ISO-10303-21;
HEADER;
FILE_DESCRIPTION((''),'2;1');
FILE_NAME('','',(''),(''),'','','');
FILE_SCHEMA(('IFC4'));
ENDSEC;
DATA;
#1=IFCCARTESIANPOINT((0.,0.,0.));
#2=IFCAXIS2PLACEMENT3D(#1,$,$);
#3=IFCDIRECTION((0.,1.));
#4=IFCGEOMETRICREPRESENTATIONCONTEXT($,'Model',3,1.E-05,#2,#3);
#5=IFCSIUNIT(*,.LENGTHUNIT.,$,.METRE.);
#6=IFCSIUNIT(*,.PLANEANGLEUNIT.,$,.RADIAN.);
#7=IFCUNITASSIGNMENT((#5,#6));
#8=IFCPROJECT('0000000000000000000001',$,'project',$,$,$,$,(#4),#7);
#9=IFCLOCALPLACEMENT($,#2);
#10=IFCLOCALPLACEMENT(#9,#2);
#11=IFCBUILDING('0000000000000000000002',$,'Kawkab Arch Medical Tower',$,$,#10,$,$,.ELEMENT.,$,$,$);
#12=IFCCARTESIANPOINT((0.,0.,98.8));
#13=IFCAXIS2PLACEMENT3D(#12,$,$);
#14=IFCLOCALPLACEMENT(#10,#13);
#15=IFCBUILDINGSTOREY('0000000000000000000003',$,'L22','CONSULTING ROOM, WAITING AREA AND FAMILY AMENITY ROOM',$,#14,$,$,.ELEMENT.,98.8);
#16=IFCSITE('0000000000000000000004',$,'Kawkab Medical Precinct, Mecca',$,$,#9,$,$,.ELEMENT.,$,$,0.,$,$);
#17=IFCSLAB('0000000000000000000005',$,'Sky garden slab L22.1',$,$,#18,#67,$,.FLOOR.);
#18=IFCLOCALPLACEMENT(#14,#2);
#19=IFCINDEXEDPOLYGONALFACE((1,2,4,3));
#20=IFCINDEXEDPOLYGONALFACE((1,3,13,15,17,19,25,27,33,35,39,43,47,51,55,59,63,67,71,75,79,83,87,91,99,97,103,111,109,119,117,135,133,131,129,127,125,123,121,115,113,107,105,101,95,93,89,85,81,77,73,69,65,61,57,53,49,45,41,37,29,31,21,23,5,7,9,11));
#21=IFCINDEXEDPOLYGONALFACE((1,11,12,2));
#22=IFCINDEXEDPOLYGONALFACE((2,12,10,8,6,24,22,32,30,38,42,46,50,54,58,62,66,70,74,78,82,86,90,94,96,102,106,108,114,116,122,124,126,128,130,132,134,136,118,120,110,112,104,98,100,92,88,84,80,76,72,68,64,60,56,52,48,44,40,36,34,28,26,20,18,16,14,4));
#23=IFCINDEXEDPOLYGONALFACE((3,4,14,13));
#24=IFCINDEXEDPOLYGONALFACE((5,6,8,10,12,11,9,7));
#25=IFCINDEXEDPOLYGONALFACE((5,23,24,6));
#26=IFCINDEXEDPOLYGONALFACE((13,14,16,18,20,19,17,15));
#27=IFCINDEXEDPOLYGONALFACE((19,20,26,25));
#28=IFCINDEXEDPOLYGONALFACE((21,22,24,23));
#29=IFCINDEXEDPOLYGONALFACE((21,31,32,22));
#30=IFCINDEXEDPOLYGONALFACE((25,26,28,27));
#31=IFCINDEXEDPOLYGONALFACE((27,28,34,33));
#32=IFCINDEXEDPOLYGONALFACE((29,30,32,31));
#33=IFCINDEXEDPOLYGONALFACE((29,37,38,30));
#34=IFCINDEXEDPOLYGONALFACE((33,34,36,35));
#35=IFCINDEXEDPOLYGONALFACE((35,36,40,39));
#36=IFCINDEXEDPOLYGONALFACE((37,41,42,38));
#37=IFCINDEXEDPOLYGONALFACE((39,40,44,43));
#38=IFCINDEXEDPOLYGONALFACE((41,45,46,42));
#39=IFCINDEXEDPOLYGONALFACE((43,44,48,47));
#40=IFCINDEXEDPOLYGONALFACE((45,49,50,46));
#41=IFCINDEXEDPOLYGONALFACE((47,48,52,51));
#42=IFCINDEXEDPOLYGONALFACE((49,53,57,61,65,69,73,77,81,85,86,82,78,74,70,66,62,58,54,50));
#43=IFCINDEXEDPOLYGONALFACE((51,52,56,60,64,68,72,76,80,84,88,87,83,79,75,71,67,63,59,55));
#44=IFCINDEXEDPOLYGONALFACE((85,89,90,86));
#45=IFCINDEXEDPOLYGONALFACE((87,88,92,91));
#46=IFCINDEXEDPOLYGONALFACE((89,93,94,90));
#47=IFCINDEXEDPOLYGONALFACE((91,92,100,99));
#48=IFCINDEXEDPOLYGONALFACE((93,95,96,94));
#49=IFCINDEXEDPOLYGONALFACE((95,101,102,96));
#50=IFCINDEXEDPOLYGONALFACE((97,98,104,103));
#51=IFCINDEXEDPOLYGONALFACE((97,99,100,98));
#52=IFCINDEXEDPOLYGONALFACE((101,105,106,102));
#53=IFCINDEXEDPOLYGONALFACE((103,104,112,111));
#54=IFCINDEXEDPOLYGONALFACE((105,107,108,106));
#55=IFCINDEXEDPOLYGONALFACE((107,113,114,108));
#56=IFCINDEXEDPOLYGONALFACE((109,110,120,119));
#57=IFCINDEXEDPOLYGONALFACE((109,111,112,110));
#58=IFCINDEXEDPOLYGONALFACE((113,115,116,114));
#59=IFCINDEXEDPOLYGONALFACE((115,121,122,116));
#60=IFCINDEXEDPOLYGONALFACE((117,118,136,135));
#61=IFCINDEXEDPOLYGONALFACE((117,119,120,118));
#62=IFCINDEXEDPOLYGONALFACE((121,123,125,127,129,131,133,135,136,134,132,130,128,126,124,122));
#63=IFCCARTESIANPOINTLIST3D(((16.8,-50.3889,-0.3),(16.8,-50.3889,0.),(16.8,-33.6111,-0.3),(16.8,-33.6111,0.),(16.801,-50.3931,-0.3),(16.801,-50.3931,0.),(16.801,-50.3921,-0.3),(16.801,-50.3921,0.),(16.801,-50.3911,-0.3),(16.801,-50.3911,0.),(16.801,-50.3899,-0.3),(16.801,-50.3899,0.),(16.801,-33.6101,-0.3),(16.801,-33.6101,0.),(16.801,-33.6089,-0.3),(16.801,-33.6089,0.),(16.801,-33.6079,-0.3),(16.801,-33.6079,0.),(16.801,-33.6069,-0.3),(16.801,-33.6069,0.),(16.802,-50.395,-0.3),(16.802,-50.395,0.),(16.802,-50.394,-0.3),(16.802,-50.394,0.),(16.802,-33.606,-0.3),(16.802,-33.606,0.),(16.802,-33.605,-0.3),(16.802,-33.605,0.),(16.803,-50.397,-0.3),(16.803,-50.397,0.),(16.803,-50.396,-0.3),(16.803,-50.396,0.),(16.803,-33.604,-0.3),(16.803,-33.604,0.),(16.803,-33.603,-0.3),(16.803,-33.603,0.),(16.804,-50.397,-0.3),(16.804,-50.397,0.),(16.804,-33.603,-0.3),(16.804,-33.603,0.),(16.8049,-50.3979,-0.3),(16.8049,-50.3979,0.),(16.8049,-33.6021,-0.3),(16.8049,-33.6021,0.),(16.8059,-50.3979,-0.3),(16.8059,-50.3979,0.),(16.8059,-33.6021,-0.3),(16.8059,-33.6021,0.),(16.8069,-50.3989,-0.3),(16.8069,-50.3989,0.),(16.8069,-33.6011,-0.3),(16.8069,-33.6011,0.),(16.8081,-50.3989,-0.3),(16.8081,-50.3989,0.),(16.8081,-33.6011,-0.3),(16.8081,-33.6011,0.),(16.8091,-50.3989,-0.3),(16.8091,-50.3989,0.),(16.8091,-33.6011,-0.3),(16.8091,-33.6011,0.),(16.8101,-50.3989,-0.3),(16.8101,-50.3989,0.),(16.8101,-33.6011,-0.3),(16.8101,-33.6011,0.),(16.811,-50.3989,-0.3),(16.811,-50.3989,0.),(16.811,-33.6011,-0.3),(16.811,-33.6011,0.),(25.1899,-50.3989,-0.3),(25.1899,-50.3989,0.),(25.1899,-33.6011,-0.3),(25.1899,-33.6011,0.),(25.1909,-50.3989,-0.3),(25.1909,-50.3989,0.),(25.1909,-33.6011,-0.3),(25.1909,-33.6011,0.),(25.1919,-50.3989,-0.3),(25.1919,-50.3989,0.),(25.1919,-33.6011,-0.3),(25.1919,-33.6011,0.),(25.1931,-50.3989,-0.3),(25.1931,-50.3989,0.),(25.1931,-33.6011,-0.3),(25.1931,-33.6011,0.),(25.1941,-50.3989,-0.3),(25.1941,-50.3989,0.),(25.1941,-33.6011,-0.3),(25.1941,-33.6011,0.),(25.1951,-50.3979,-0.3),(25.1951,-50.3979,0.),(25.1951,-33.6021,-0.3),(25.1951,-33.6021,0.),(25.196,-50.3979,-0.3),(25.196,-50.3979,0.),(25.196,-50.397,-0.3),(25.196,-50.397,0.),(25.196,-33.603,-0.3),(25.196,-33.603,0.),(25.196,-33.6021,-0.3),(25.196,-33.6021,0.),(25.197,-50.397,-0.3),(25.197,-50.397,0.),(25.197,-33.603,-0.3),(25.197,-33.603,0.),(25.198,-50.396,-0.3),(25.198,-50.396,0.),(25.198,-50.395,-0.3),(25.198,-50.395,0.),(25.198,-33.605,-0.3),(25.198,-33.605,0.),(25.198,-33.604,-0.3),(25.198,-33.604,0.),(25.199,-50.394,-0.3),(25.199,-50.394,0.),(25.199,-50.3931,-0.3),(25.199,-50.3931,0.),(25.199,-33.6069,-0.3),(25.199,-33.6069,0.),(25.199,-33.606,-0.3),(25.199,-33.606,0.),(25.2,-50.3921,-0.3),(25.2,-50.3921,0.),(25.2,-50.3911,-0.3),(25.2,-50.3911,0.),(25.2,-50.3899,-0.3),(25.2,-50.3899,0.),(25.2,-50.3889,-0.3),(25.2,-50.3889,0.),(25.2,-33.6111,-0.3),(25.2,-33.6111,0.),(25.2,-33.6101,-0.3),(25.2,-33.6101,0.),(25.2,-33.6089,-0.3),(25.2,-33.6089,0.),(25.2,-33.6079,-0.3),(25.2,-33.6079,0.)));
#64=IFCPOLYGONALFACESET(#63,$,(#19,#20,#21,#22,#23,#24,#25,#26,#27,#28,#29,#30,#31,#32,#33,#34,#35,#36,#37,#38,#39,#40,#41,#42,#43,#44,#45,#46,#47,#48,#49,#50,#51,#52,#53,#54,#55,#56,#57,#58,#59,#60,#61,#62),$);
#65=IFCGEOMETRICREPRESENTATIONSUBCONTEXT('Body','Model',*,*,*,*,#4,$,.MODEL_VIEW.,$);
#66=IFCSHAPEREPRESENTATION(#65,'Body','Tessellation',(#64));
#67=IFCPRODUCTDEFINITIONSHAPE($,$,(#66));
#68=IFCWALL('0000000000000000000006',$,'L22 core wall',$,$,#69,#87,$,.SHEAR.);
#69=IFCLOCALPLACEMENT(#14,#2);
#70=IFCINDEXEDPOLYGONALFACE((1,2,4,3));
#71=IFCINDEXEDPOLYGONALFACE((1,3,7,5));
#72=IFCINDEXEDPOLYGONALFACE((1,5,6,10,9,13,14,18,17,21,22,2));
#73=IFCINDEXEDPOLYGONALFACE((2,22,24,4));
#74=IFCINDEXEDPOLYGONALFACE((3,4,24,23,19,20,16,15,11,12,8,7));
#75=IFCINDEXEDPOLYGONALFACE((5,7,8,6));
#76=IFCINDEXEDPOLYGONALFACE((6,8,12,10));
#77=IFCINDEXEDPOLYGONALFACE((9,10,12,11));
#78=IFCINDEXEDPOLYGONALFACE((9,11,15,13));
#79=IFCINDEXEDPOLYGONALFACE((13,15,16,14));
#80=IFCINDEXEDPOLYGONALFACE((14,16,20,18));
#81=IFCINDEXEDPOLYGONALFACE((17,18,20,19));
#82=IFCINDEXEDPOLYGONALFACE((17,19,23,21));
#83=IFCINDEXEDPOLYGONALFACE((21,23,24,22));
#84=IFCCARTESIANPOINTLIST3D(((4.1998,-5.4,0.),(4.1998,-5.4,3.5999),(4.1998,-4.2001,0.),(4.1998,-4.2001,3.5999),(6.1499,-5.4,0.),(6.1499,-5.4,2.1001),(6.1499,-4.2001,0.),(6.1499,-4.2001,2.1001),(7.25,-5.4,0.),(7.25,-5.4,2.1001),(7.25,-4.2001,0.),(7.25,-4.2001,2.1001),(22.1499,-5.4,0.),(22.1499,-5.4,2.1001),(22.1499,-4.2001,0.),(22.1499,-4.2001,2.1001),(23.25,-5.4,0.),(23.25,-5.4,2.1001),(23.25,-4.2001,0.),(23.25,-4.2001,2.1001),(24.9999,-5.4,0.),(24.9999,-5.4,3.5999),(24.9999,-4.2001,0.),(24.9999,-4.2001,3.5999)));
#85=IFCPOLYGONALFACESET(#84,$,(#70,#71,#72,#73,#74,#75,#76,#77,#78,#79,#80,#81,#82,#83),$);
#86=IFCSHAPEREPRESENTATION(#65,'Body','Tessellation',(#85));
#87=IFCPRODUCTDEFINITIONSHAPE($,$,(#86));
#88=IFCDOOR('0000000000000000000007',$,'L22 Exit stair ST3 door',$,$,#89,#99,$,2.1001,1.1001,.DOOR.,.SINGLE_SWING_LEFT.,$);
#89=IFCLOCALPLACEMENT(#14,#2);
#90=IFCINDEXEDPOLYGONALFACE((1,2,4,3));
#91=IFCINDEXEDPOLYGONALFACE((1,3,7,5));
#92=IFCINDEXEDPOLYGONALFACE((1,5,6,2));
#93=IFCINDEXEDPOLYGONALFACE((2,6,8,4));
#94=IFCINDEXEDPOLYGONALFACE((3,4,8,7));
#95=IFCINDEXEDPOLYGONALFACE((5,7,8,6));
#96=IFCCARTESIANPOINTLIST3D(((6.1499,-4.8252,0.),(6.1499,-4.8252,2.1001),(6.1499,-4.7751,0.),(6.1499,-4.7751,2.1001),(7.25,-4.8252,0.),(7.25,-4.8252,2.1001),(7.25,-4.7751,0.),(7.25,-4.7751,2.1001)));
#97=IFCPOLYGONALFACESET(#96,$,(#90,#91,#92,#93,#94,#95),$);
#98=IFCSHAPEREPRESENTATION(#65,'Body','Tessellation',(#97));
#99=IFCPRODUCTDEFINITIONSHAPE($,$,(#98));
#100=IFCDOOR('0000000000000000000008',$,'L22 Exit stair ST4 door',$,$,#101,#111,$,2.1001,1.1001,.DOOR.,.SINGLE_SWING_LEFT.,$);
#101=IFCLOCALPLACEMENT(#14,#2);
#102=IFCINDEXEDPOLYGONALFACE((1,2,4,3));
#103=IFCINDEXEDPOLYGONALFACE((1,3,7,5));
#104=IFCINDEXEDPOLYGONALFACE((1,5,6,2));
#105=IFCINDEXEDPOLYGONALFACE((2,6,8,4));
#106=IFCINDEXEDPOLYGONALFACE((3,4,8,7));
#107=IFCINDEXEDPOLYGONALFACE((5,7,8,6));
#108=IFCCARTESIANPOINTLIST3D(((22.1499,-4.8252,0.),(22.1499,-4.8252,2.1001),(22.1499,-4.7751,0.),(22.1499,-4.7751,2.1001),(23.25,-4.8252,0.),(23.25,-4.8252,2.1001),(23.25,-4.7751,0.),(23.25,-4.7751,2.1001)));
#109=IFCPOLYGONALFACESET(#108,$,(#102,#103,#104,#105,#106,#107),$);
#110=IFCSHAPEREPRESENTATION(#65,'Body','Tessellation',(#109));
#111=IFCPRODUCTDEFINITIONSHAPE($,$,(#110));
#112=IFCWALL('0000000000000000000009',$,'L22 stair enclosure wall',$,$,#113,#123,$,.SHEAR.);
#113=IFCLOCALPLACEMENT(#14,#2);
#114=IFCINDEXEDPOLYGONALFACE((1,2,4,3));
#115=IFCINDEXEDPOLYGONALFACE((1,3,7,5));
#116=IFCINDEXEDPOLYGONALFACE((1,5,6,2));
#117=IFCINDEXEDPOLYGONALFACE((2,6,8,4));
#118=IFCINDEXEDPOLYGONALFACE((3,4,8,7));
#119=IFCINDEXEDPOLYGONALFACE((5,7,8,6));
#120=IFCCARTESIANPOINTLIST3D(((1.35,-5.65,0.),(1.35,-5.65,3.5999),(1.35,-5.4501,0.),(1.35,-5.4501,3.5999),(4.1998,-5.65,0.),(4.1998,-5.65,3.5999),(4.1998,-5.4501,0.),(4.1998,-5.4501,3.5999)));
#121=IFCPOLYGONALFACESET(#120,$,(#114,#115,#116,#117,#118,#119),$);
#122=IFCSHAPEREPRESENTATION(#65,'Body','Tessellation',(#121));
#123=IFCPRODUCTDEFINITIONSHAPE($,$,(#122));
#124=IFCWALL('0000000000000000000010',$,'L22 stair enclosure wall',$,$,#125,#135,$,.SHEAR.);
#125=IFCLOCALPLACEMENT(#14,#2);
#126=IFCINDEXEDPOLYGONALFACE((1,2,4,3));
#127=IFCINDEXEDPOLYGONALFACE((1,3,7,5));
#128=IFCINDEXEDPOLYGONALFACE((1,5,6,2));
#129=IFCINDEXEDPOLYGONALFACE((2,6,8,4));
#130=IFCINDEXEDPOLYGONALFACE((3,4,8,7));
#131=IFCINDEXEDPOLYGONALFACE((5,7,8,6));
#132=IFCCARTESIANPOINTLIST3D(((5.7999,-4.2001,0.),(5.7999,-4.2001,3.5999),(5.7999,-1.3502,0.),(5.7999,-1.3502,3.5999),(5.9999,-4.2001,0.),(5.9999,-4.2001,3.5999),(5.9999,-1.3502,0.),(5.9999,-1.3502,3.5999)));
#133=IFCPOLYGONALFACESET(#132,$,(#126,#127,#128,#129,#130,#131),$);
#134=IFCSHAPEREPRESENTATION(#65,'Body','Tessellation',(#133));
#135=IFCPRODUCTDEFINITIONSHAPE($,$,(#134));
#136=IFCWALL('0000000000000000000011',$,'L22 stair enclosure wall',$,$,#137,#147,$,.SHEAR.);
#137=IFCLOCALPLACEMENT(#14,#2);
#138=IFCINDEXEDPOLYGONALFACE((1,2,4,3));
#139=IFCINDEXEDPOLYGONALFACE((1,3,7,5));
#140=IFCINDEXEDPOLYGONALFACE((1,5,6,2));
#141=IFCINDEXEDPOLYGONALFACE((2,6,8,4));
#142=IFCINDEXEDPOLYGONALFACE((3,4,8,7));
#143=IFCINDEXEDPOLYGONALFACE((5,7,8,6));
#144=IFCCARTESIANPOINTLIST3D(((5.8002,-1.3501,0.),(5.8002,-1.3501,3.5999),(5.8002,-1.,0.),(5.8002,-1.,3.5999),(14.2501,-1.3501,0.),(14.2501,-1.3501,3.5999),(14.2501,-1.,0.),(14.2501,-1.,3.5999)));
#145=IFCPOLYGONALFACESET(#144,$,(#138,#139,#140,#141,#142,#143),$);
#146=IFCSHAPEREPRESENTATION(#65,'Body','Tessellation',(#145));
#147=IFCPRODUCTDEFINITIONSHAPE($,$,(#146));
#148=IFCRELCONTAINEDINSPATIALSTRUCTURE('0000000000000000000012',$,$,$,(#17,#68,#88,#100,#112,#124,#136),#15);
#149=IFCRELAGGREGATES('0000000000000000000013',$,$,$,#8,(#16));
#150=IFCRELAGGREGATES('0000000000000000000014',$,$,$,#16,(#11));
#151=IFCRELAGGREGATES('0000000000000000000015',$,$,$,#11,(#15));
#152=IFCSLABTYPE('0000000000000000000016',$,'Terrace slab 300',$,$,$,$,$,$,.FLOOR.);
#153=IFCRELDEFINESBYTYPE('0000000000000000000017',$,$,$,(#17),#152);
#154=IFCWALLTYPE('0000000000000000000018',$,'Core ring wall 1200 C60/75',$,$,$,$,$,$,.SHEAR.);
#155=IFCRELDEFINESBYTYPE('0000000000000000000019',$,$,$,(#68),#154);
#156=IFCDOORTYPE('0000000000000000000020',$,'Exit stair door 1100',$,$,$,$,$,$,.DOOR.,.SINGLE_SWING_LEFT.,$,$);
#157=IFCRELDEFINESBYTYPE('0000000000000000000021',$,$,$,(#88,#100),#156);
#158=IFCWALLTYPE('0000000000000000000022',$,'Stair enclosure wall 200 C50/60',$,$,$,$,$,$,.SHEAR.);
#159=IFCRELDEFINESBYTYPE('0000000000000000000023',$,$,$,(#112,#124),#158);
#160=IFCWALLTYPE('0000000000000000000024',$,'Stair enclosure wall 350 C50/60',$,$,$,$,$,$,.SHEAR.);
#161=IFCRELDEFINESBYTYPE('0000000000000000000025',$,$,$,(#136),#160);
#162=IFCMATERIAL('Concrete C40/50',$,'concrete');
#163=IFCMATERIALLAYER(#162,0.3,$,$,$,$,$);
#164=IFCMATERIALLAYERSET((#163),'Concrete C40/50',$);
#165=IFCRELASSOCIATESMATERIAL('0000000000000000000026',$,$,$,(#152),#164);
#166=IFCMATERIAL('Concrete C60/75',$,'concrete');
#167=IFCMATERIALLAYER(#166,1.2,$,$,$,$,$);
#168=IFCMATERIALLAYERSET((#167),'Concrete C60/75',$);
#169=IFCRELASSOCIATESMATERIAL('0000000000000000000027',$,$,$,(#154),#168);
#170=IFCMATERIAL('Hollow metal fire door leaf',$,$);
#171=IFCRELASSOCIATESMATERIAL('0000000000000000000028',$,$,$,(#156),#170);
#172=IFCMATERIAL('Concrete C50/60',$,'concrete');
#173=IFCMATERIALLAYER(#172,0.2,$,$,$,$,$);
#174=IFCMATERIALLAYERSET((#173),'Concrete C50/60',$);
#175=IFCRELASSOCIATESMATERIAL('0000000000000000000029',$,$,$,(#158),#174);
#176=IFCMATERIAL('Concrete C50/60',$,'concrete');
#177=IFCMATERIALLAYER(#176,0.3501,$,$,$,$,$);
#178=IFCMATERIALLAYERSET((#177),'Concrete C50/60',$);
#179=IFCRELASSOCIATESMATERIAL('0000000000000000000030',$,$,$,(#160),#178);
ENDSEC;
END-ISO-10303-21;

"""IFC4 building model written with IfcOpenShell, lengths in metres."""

from ifc_helpers import new_model, si_unit, direction, frame, frame_2d, origin, place, context, subcontext, project, spatial, polyline, rectangle, outline, extrude, material, layer, layer_set, type_object, element, fill, save


model = new_model("IFC4")

# Units and contexts
model_context = context("Model", 3, precision=1e-05, world=origin(), true_north=direction((0.0, 1.0)))
body_context = subcontext(model_context, "Body", "Model", "MODEL_VIEW")
ifc_project = project(units=[si_unit("LENGTHUNIT", "METRE"), si_unit("PLANEANGLEUNIT", "RADIAN")], contexts=[model_context])

# Site, building, storey
site_placement = place(None, origin())
site = spatial("IfcSite", under=ifc_project, at=site_placement, Name="Kawkab Medical Precinct, Mecca", CompositionType="ELEMENT", RefElevation=0.0)
building_placement = place(site_placement, origin())
building = spatial("IfcBuilding", under=site, at=building_placement, Name="Kawkab Arch Medical Tower", CompositionType="ELEMENT")
storey_placement = place(building_placement, frame((0.0, 0.0, 98.8)))
storey = spatial("IfcBuildingStorey", under=building, at=storey_placement, Name="L22", Description="CONSULTING ROOM, WAITING AREA AND FAMILY AMENITY ROOM", CompositionType="ELEMENT", Elevation=98.8)

# Slab
ifc_material_1 = material(Name="Concrete C40/50", Category="concrete")
ifc_layer_1 = layer(ifc_material_1, 0.3)
ifc_layer_set_1 = layer_set([ifc_layer_1], Name="Concrete C40/50")
slab_type_1 = type_object("IfcSlabType", Name="Terrace slab 300", PredefinedType="FLOOR", material=ifc_layer_set_1)
placement_1 = place(storey_placement, frame((0.0, 0.0, -0.3)))
element("IfcSlab", 1, at=placement_1, inside=storey, type_object=slab_type_1, Name="Sky garden slab L22.1", PredefinedType="FLOOR", context=body_context, shape_type="SweptSolid", body=[
    extrude(outline(polyline([(25.2, -50.3911), (25.2, -50.3899), (25.2, -50.3889), (25.2, -33.6111), (25.2, -33.6101), (25.2, -33.6089), (25.2, -33.6079), (25.199, -33.6069), (25.199, -33.606), (25.198, -33.605), (25.198, -33.604), (25.197, -33.603), (25.196, -33.603), (25.196, -33.6021), (25.1951, -33.6021), (25.1941, -33.6011), (25.1931, -33.6011), (25.1919, -33.6011), (25.1909, -33.6011), (25.1899, -33.6011), (16.811, -33.6011), (16.8101, -33.6011), (16.8091, -33.6011), (16.8081, -33.6011), (16.8069, -33.6011), (16.8059, -33.6021), (16.8049, -33.6021), (16.804, -33.603), (16.803, -33.603), (16.803, -33.604), (16.802, -33.605), (16.802, -33.606), (16.801, -33.6069), (16.801, -33.6079), (16.801, -33.6089), (16.801, -33.6101), (16.8, -33.6111), (16.8, -50.3889), (16.801, -50.3899), (16.801, -50.3911), (16.801, -50.3921), (16.801, -50.3931), (16.802, -50.394), (16.802, -50.395), (16.803, -50.396), (16.803, -50.397), (16.804, -50.397), (16.8049, -50.3979), (16.8059, -50.3979), (16.8069, -50.3989), (16.8081, -50.3989), (16.8091, -50.3989), (16.8101, -50.3989), (16.811, -50.3989), (25.1899, -50.3989), (25.1909, -50.3989), (25.1919, -50.3989), (25.1931, -50.3989), (25.1941, -50.3989), (25.1951, -50.3979), (25.196, -50.3979), (25.196, -50.397), (25.197, -50.397), (25.198, -50.396), (25.198, -50.395), (25.199, -50.394), (25.199, -50.3931), (25.2, -50.3921), (25.2, -50.3911)])), origin(), (0.0, 0.0, 1.0), 0.3),
])

# Wall, openings, doors
ifc_material_2 = material(Name="Concrete C60/75", Category="concrete")
ifc_layer_2 = layer(ifc_material_2, 1.2)
ifc_layer_set_2 = layer_set([ifc_layer_2], Name="Concrete C60/75")
wall_type_1 = type_object("IfcWallType", Name="Core ring wall 1200 C60/75", PredefinedType="SHEAR", material=ifc_layer_set_2)
wall_1_placement = place(storey_placement, frame((4.2, -4.8, 0.0), z_axis=(0.0, 0.0, 1.0), x_axis=(1.0, 0.0, 0.0)))
wall_1 = element("IfcWall", 2, at=wall_1_placement, inside=storey, type_object=wall_type_1, Name="L22 core wall", PredefinedType="SHEAR", context=body_context, shape_type="SweptSolid", body=[
    extrude(rectangle(XDim=20.8, YDim=1.2, at=frame_2d((10.3999, 0.0))), origin(), (0.0, 0.0, 1.0), 3.5999),
])
opening_1_placement = place(wall_1_placement, frame((1.95, 0.0, 0.0)))
opening_1 = element("IfcOpeningElement", 3, at=opening_1_placement, cuts=wall_1, PredefinedType="OPENING", context=body_context, shape_type="SweptSolid", body=[
    extrude(rectangle(XDim=1.1001, YDim=2.1001, at=frame_2d((0.55, 1.05))), frame((0.0, 0.6099, 0.0), z_axis=(0.0, -1.0, 0.0), x_axis=(1.0, 0.0, 0.0)), (0.0, 0.0, 1.0), 1.22),
])
opening_2_placement = place(wall_1_placement, frame((17.95, 0.0, 0.0)))
opening_2 = element("IfcOpeningElement", 4, at=opening_2_placement, cuts=wall_1, PredefinedType="OPENING", context=body_context, shape_type="SweptSolid", body=[
    extrude(rectangle(XDim=1.1001, YDim=2.1001, at=frame_2d((0.55, 1.05))), frame((0.0, 0.6099, 0.0), z_axis=(0.0, -1.0, 0.0), x_axis=(1.0, 0.0, 0.0)), (0.0, 0.0, 1.0), 1.22),
])
ifc_material_3 = material(Name="Hollow metal fire door leaf")
door_type = type_object("IfcDoorType", Name="Exit stair door 1100", OperationType="SINGLE_SWING_LEFT", PredefinedType="DOOR", material=ifc_material_3)
door_1_placement = place(opening_1_placement, origin())
door_1 = element("IfcDoor", 5, at=door_1_placement, inside=storey, type_object=door_type, Name="L22 Exit stair ST3 door", OperationType="SINGLE_SWING_LEFT", OverallHeight=2.1001, OverallWidth=1.1001, PredefinedType="DOOR", context=body_context, shape_type="SweptSolid", body=[
    extrude(rectangle(XDim=1.1001, YDim=2.1001, at=frame_2d((0.55, 1.05))), frame((0.0, 0.0249, 0.0), z_axis=(0.0, -1.0, 0.0), x_axis=(1.0, 0.0, 0.0)), (0.0, 0.0, 1.0), 0.05),
])
fill(opening_1, door_1)
door_2_placement = place(opening_2_placement, origin())
door_2 = element("IfcDoor", 6, at=door_2_placement, inside=storey, type_object=door_type, Name="L22 Exit stair ST4 door", OperationType="SINGLE_SWING_LEFT", OverallHeight=2.1001, OverallWidth=1.1001, PredefinedType="DOOR", context=body_context, shape_type="SweptSolid", body=[
    extrude(rectangle(XDim=1.1001, YDim=2.1001, at=frame_2d((0.55, 1.05))), frame((0.0, 0.0249, 0.0), z_axis=(0.0, -1.0, 0.0), x_axis=(1.0, 0.0, 0.0)), (0.0, 0.0, 1.0), 0.05),
])
fill(opening_2, door_2)

# Walls
ifc_material_4 = material(Name="Concrete C50/60", Category="concrete")
ifc_layer_3 = layer(ifc_material_4, 0.2)
ifc_layer_set_3 = layer_set([ifc_layer_3], Name="Concrete C50/60")
wall_type_2 = type_object("IfcWallType", Name="Stair enclosure wall 200 C50/60", PredefinedType="SHEAR", material=ifc_layer_set_3)
for number, where, z_axis, x_axis, name in (
    (7, (1.3501, -5.55, 0.0), (0.0, 0.0, 1.0), (1.0, 0.0, 0.0), "L22 stair enclosure wall"),
    (8, (5.8999, -4.2, 0.0), (0.0, 0.0, 1.0), (0.0, 1.0, 0.0), "L22 stair enclosure wall"),
):
    element("IfcWall", number, at=place(storey_placement, frame(where, z_axis=z_axis, x_axis=x_axis)), inside=storey, type_object=wall_type_2, Name=name, PredefinedType="SHEAR", context=body_context, shape_type="SweptSolid", body=[
        extrude(rectangle(XDim=2.8499, YDim=0.2, at=frame_2d((1.4248, 0.0))), origin(), (0.0, 0.0, 1.0), 3.5999),
    ])
ifc_material_5 = material(Name="Concrete C50/60", Category="concrete")
ifc_layer_4 = layer(ifc_material_5, 0.3501)
ifc_layer_set_4 = layer_set([ifc_layer_4], Name="Concrete C50/60")
wall_type_3 = type_object("IfcWallType", Name="Stair enclosure wall 350 C50/60", PredefinedType="SHEAR", material=ifc_layer_set_4)
wall_2_placement = place(storey_placement, frame((5.8, -1.175, 0.0), z_axis=(0.0, 0.0, 1.0), x_axis=(1.0, 0.0, 0.0)))
element("IfcWall", 9, at=wall_2_placement, inside=storey, type_object=wall_type_3, Name="L22 stair enclosure wall", PredefinedType="SHEAR", context=body_context, shape_type="SweptSolid", body=[
    extrude(rectangle(XDim=8.45, YDim=0.3501, at=frame_2d((4.2251, 0.0))), origin(), (0.0, 0.0, 1.0), 3.5999),
])

save(model, "model.ifc")
